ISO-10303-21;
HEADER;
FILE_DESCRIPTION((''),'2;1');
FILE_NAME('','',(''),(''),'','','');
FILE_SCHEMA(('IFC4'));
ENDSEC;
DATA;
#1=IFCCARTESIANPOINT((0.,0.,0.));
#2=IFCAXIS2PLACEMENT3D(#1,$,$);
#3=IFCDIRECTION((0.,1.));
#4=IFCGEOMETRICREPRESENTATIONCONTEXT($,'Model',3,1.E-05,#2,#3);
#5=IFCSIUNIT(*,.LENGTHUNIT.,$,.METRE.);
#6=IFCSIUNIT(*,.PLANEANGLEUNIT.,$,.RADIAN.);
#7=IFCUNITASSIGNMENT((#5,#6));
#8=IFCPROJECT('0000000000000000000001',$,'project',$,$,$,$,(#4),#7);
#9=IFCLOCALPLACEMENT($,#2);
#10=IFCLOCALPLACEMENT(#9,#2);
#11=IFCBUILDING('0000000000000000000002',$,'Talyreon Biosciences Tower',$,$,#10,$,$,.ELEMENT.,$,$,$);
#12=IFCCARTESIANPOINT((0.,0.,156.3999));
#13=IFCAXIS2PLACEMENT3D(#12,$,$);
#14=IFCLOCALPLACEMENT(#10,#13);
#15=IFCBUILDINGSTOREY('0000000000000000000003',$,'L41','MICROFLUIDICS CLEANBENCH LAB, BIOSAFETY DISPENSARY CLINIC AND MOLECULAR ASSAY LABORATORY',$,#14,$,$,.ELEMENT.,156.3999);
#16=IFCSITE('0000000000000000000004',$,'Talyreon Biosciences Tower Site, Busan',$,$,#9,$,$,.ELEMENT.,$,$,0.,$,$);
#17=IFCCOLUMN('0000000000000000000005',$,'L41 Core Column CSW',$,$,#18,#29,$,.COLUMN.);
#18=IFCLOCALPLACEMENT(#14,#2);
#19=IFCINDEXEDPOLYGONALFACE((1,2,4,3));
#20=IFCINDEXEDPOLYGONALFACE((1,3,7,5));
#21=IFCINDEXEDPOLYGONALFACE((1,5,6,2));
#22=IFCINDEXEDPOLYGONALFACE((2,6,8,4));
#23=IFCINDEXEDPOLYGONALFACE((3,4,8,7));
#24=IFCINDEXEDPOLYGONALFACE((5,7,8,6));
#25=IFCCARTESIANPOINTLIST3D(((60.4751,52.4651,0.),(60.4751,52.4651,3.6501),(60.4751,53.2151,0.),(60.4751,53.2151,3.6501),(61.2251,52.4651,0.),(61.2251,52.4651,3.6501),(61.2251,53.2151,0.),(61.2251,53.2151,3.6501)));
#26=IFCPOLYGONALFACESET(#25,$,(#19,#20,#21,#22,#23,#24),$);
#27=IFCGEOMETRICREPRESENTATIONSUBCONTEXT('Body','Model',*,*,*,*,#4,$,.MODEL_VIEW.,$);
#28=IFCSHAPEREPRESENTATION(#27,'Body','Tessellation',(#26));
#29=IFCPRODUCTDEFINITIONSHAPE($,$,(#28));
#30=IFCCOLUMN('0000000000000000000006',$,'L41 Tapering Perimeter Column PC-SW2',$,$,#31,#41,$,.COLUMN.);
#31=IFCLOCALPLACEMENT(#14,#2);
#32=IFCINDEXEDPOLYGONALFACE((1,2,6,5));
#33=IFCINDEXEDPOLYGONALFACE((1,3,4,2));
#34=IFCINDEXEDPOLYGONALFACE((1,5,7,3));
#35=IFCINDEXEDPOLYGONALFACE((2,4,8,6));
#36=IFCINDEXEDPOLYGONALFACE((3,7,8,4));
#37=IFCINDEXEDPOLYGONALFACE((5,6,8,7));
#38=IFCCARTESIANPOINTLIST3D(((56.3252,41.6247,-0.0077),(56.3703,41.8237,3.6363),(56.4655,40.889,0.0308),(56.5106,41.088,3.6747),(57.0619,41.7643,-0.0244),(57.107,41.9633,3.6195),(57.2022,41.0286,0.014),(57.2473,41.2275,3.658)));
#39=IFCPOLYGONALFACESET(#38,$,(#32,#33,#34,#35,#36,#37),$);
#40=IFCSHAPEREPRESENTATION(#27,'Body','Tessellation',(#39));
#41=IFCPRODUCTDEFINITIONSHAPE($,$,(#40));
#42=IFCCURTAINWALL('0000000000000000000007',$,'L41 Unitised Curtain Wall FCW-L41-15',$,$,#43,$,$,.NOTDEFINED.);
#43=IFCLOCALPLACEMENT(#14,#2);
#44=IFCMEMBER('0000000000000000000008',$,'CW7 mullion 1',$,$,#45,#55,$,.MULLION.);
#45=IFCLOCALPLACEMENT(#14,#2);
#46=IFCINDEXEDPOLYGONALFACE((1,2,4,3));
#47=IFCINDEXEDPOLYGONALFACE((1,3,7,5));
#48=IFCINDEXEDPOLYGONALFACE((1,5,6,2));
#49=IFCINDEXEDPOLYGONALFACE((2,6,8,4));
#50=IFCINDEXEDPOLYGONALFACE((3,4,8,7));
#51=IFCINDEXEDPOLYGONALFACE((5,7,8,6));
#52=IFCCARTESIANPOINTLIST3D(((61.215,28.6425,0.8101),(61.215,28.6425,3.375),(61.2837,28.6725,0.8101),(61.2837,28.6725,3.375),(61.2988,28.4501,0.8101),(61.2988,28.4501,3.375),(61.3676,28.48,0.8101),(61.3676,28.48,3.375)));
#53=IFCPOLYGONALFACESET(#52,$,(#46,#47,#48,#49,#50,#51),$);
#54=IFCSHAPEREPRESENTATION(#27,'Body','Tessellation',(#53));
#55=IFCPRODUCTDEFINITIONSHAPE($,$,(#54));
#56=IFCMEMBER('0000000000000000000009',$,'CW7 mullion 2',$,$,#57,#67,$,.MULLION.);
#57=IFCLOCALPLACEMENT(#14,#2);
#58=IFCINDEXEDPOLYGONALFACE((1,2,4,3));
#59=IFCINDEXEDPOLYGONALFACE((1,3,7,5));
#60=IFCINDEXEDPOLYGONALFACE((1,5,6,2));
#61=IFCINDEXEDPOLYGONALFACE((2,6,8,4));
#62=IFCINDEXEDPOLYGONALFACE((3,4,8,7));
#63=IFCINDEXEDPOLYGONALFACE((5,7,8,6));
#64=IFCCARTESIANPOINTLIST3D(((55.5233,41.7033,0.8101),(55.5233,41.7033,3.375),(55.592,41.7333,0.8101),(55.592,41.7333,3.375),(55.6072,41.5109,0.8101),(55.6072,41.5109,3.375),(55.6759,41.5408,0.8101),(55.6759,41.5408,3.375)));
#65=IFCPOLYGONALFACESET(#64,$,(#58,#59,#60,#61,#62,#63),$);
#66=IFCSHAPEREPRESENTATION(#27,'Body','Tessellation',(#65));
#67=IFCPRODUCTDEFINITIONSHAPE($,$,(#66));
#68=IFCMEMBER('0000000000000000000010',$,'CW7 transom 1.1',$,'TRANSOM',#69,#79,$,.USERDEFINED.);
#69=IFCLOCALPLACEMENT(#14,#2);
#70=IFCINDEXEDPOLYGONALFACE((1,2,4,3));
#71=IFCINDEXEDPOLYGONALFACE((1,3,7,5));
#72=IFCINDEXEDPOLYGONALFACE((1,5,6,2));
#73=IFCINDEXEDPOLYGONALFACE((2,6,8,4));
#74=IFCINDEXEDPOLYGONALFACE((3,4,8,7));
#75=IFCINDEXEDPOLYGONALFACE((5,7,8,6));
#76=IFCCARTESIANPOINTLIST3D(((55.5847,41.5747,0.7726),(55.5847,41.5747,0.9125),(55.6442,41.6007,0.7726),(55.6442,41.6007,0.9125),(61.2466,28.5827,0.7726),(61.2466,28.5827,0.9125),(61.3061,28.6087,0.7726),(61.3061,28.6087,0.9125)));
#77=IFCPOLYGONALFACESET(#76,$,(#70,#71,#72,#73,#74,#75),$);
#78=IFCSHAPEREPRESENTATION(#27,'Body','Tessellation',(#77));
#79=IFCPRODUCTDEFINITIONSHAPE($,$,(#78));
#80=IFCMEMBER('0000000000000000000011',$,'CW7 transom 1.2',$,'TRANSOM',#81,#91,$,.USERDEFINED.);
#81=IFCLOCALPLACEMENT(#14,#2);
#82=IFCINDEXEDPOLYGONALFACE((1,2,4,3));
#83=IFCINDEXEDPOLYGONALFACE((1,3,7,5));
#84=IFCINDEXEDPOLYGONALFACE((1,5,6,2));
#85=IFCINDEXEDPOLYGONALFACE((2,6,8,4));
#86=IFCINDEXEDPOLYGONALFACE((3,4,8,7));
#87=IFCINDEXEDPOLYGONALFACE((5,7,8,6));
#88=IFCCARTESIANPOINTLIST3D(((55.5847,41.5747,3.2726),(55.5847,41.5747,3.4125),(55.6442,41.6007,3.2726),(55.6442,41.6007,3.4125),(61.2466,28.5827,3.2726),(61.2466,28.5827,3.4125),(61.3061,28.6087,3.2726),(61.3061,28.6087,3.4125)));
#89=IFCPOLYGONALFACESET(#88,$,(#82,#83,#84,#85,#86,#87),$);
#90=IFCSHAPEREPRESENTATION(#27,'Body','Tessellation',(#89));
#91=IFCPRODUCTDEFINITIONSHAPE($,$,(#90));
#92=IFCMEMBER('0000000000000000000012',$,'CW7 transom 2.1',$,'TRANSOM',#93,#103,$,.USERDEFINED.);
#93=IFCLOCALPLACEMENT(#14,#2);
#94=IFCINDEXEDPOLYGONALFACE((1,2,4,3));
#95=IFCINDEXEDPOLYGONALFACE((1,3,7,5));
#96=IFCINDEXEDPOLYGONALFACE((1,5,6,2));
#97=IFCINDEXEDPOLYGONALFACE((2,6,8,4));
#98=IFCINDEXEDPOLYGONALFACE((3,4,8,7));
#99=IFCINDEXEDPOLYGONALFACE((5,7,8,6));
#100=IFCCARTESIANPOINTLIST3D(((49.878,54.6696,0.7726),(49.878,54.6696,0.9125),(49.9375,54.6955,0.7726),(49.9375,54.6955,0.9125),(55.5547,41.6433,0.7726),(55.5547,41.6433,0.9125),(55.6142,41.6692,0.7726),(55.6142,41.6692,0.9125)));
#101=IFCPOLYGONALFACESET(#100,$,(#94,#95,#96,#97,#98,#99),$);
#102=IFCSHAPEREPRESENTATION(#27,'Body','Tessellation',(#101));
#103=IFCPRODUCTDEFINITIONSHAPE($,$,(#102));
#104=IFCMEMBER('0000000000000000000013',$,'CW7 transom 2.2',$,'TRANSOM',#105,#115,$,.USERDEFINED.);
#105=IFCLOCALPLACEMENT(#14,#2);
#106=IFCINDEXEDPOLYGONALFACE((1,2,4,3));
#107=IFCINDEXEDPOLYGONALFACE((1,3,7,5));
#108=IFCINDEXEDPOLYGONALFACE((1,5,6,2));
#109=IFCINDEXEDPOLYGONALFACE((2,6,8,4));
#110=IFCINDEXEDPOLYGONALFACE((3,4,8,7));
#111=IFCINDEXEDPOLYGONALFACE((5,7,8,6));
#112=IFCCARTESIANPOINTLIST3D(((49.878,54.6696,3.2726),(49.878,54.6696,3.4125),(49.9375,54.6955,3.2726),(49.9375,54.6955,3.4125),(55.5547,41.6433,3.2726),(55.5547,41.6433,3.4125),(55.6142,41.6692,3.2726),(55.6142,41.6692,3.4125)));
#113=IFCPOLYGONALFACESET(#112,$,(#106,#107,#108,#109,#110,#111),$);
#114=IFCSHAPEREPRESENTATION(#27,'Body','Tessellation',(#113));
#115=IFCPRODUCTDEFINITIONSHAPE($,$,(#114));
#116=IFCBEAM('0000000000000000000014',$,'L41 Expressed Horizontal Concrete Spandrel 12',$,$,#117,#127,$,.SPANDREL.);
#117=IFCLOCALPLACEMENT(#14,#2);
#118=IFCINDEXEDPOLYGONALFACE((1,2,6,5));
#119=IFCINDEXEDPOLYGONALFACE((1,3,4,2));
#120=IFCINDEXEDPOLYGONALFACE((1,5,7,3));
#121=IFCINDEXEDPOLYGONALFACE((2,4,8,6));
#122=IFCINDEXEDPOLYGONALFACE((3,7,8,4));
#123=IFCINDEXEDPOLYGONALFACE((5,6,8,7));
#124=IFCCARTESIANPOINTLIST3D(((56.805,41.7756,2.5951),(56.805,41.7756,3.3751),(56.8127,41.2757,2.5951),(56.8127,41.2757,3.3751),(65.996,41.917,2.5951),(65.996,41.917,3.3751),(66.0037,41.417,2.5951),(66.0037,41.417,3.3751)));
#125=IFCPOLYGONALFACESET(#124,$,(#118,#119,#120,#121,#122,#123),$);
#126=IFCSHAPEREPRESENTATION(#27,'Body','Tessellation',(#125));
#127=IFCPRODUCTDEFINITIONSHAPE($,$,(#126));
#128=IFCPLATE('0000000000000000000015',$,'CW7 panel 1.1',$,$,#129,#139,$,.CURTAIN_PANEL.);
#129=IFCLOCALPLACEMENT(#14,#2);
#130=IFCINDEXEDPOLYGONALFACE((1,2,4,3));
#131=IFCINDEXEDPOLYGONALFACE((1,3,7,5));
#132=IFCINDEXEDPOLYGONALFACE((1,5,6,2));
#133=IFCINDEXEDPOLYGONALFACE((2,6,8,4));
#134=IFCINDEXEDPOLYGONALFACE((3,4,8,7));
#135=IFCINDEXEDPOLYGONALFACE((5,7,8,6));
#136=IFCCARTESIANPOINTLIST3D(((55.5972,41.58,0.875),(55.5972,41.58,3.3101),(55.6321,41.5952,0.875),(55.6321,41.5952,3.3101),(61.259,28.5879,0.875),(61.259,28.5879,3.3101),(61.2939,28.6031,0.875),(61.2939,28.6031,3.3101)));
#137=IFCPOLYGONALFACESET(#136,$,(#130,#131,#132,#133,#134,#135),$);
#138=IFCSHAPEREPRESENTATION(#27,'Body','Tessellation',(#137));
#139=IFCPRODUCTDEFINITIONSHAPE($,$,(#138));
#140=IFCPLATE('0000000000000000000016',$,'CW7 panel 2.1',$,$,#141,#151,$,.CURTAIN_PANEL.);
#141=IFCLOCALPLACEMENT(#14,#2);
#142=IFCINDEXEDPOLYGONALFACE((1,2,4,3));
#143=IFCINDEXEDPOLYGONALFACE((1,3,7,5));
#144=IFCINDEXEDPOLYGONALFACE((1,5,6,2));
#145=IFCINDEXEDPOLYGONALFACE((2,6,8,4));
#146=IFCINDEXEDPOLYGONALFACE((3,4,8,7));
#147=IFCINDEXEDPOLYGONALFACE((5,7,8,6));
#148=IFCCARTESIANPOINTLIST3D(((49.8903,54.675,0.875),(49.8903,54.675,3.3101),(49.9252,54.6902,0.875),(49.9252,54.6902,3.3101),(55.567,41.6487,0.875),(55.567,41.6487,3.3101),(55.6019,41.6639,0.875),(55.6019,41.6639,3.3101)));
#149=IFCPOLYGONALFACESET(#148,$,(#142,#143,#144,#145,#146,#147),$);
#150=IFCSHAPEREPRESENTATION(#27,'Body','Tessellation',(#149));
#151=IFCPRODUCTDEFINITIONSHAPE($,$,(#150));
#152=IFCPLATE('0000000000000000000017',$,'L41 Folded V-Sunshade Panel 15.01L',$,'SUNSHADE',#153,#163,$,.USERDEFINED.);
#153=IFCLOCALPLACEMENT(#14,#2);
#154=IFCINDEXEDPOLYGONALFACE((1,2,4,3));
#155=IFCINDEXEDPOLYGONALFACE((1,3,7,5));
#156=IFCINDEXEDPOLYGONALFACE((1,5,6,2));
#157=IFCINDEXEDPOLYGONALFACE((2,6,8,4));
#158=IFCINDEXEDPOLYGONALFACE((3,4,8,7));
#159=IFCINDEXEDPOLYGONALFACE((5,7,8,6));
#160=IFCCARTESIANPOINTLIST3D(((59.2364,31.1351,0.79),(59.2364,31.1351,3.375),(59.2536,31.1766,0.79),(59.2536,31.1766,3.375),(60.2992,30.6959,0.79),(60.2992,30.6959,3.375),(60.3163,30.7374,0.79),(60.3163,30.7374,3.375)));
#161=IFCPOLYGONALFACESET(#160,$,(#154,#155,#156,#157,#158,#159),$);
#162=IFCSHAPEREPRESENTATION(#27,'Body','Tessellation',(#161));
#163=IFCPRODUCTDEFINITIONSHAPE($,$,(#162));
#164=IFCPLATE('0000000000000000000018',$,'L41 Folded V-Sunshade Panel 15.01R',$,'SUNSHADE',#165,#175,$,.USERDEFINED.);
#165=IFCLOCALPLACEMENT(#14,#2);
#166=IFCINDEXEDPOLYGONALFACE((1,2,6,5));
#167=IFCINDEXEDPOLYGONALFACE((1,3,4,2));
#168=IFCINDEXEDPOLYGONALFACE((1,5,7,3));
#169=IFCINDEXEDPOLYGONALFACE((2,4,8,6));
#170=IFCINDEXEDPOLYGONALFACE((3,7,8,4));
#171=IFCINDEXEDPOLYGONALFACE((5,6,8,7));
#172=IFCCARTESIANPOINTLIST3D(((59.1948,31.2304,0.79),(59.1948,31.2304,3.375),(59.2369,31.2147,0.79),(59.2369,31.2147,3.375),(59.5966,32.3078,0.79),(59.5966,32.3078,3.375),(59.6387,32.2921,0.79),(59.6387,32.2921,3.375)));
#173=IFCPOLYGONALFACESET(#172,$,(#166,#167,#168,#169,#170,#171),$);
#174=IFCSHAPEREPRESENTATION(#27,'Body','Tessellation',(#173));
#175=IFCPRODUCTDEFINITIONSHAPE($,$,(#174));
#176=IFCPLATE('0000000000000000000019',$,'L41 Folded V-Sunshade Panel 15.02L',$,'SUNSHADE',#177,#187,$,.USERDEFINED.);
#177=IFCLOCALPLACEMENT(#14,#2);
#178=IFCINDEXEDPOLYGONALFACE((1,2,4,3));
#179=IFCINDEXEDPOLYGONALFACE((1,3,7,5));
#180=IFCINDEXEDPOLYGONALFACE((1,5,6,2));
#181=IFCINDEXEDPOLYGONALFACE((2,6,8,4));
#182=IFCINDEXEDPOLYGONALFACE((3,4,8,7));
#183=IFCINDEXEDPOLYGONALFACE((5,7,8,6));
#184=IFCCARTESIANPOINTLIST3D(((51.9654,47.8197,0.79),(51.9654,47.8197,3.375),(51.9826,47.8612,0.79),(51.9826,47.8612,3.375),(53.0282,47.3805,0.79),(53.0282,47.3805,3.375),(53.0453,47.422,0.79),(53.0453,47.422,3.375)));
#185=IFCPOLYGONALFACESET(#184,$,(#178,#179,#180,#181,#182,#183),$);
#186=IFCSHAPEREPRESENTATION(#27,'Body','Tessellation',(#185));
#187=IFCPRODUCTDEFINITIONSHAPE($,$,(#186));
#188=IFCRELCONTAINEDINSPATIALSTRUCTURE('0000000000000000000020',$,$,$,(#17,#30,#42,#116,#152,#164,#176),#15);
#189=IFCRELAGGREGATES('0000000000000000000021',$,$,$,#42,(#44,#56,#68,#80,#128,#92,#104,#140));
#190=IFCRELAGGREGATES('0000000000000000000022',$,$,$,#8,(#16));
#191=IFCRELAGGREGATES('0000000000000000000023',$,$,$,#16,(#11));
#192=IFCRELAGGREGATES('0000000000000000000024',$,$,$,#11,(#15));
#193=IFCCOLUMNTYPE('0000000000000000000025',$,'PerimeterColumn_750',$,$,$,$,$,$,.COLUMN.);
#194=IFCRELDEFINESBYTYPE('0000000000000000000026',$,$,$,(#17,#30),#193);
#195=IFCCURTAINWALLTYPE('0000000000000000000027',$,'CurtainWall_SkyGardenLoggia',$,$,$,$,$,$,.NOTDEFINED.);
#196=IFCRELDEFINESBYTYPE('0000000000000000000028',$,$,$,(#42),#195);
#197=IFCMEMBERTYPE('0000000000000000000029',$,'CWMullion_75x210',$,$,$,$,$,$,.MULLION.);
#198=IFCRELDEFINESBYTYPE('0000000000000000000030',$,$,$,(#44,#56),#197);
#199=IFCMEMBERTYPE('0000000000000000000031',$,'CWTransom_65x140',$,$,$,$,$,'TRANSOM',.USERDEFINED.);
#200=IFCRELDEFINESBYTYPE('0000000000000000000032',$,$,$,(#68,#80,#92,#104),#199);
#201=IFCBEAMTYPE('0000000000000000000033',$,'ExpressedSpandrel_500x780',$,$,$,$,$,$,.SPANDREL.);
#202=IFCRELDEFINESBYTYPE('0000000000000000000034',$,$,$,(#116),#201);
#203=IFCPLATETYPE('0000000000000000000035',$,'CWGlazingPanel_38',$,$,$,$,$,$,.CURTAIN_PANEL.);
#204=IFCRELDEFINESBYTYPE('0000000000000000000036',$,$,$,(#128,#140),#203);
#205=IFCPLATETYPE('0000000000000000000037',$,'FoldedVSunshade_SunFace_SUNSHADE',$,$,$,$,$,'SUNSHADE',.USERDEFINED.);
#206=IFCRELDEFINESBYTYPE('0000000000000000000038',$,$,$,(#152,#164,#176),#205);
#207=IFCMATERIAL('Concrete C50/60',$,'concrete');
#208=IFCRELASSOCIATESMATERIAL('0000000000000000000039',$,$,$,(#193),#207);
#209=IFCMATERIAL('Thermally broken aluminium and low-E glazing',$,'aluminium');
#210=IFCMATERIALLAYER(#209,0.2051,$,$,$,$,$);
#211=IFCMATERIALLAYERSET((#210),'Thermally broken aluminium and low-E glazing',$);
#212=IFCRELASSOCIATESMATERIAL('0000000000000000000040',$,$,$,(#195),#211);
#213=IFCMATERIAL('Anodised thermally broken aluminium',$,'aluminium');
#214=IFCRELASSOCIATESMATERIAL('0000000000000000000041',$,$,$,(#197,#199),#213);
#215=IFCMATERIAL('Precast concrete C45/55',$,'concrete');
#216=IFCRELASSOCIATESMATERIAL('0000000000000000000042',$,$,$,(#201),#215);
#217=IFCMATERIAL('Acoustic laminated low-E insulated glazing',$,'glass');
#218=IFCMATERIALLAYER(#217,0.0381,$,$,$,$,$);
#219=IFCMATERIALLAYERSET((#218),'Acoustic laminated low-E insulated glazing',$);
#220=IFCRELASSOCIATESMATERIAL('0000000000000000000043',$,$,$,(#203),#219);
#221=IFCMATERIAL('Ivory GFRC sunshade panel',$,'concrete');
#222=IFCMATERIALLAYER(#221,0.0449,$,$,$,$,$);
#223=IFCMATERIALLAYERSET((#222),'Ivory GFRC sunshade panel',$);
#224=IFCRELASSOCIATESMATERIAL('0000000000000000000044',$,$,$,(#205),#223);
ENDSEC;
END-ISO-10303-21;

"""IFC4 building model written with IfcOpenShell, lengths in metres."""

from ifc_helpers import new_model, si_unit, direction, frame, origin, origin_2d, place, context, subcontext, project, spatial, rectangle, extrude, material, layer, layer_set, material_profile, profile_set, type_object, element, aggregate, save


model = new_model("IFC4")

# Units and contexts
model_context = context("Model", 3, precision=1e-05, world=origin(), true_north=direction((0.0, 1.0)))
body_context = subcontext(model_context, "Body", "Model", "MODEL_VIEW")
ifc_project = project(units=[si_unit("LENGTHUNIT", "METRE"), si_unit("PLANEANGLEUNIT", "RADIAN")], contexts=[model_context])

# Site, building, storey
site_placement = place(None, origin())
site = spatial("IfcSite", under=ifc_project, at=site_placement, Name="Talyreon Biosciences Tower Site, Busan", CompositionType="ELEMENT", RefElevation=0.0)
building_placement = place(site_placement, origin())
building = spatial("IfcBuilding", under=site, at=building_placement, Name="Talyreon Biosciences Tower", CompositionType="ELEMENT")
storey_placement = place(building_placement, frame((0.0, 0.0, 156.3999)))
storey = spatial("IfcBuildingStorey", under=building, at=storey_placement, Name="L41", Description="MICROFLUIDICS CLEANBENCH LAB, BIOSAFETY DISPENSARY CLINIC AND MOLECULAR ASSAY LABORATORY", CompositionType="ELEMENT", Elevation=156.3999)

# Columns
ifc_material_1 = material(Name="Concrete C50/60", Category="concrete")
ifc_material_profile_1 = material_profile(ifc_material_1, rectangle(XDim=0.75, YDim=0.75, at=origin_2d()), Name="RC 750x750")
ifc_profile_set_1 = profile_set([ifc_material_profile_1], Name="Concrete C50/60")
column_type = type_object("IfcColumnType", Name="PerimeterColumn_750", PredefinedType="COLUMN", material=ifc_profile_set_1)
column_1_placement = place(storey_placement, frame((60.8501, 52.8401, 0.0), z_axis=(0.0, 0.0, 1.0), x_axis=(1.0, 0.0, 0.0)))
element("IfcColumn", 1, at=column_1_placement, inside=storey, type_object=column_type, Name="L41 Core Column CSW", PredefinedType="COLUMN", context=body_context, shape_type="SweptSolid", body=[
    extrude(rectangle(XDim=0.75, YDim=0.75, at=origin_2d()), origin(), (0.0, 0.0, 1.0), 3.6501),
])
column_2_placement = place(storey_placement, frame((56.7637, 41.3267, 0.0032), z_axis=(0.012375, 0.054517, 0.998436), x_axis=(-0.187046, 0.981014, -0.051248)))
element("IfcColumn", 2, at=column_2_placement, inside=storey, type_object=column_type, Name="L41 Tapering Perimeter Column PC-SW2", PredefinedType="COLUMN", context=body_context, shape_type="SweptSolid", body=[
    extrude(rectangle(XDim=0.75, YDim=0.75, at=origin_2d()), origin(), (0.0, 0.0, 1.0), 3.6497),
])

# Curtain wall, members
ifc_material_2 = material(Name="Thermally broken aluminium and low-E glazing", Category="aluminium")
ifc_layer_1 = layer(ifc_material_2, 0.2051)
ifc_layer_set_1 = layer_set([ifc_layer_1], Name="Thermally broken aluminium and low-E glazing")
curtain_wall_type = type_object("IfcCurtainWallType", Name="CurtainWall_SkyGardenLoggia", PredefinedType="NOTDEFINED", material=ifc_layer_set_1)
curtain_wall_placement = place(storey_placement, origin())
curtain_wall = element("IfcCurtainWall", 3, at=curtain_wall_placement, inside=storey, type_object=curtain_wall_type, Name="L41 Unitised Curtain Wall FCW-L41-15", PredefinedType="NOTDEFINED")
ifc_material_3 = material(Name="Anodised thermally broken aluminium", Category="aluminium")
ifc_material_profile_2 = material_profile(ifc_material_3, rectangle(XDim=0.075, YDim=0.21, at=origin_2d()), Name="ALUM MULLION 75x210")
ifc_profile_set_2 = profile_set([ifc_material_profile_2], Name="Anodised thermally broken aluminium")
member_type_1 = type_object("IfcMemberType", Name="CWMullion_75x210", PredefinedType="MULLION", material=ifc_profile_set_2)
member_1_placement = place(storey_placement, frame((61.2913, 28.5613, 0.8101), z_axis=(0.0, 0.0, 1.0), x_axis=(-0.916731, -0.399505, 0.0)))
member_1 = element("IfcMember", 4, at=member_1_placement, type_object=member_type_1, Name="CW7 mullion 1", PredefinedType="MULLION", context=body_context, shape_type="SweptSolid", body=[
    extrude(rectangle(XDim=0.075, YDim=0.21, at=origin_2d()), origin(), (0.0, 0.0, 1.0), 2.5649),
])
member_2_placement = place(storey_placement, frame((55.5996, 41.6221, 0.8101), z_axis=(0.0, 0.0, 1.0), x_axis=(-0.916731, -0.399505, 0.0)))
member_2 = element("IfcMember", 5, at=member_2_placement, type_object=member_type_1, Name="CW7 mullion 2", PredefinedType="MULLION", context=body_context, shape_type="SweptSolid", body=[
    extrude(rectangle(XDim=0.075, YDim=0.21, at=origin_2d()), origin(), (0.0, 0.0, 1.0), 2.5649),
])
ifc_material_profile_3 = material_profile(ifc_material_3, rectangle(XDim=0.0649, YDim=0.1399, at=origin_2d()), Name="ALUM TRANSOM 65x140")
ifc_profile_set_3 = profile_set([ifc_material_profile_3], Name="Anodised thermally broken aluminium")
member_type_2 = type_object("IfcMemberType", Name="CWTransom_65x140", ElementType="TRANSOM", PredefinedType="USERDEFINED", material=ifc_profile_set_3)
member_3_placement = place(storey_placement, frame((61.2764, 28.5957, 0.8425), z_axis=(-0.399509, 0.916729, 0.0), x_axis=(-0.916729, -0.399509, 0.0)))
member_3 = element("IfcMember", 6, at=member_3_placement, type_object=member_type_2, Name="CW7 transom 1.1", ObjectType="TRANSOM", PredefinedType="USERDEFINED", context=body_context, shape_type="SweptSolid", body=[
    extrude(rectangle(XDim=0.0649, YDim=0.1399, at=origin_2d()), origin(), (0.0, 0.0, 1.0), 14.1721),
])
member_4_placement = place(storey_placement, frame((61.2764, 28.5957, 3.3425), z_axis=(-0.399509, 0.916729, 0.0), x_axis=(-0.916729, -0.399509, 0.0)))
member_4 = element("IfcMember", 7, at=member_4_placement, type_object=member_type_2, Name="CW7 transom 1.2", ObjectType="TRANSOM", PredefinedType="USERDEFINED", context=body_context, shape_type="SweptSolid", body=[
    extrude(rectangle(XDim=0.0649, YDim=0.1399, at=origin_2d()), origin(), (0.0, 0.0, 1.0), 14.1721),
])
member_5_placement = place(storey_placement, frame((55.5845, 41.6562, 0.8425), z_axis=(-0.399502, 0.916732, 0.0), x_axis=(-0.916732, -0.399502, 0.0)))
member_5 = element("IfcMember", 8, at=member_5_placement, type_object=member_type_2, Name="CW7 transom 2.1", ObjectType="TRANSOM", PredefinedType="USERDEFINED", context=body_context, shape_type="SweptSolid", body=[
    extrude(rectangle(XDim=0.0649, YDim=0.1399, at=origin_2d()), origin(), (0.0, 0.0, 1.0), 14.2095),
])
member_6_placement = place(storey_placement, frame((55.5845, 41.6562, 3.3425), z_axis=(-0.399502, 0.916732, 0.0), x_axis=(-0.916732, -0.399502, 0.0)))
member_6 = element("IfcMember", 9, at=member_6_placement, type_object=member_type_2, Name="CW7 transom 2.2", ObjectType="TRANSOM", PredefinedType="USERDEFINED", context=body_context, shape_type="SweptSolid", body=[
    extrude(rectangle(XDim=0.0649, YDim=0.1399, at=origin_2d()), origin(), (0.0, 0.0, 1.0), 14.2095),
])

# Beam
ifc_material_4 = material(Name="Precast concrete C45/55", Category="concrete")
ifc_material_profile_4 = material_profile(ifc_material_4, rectangle(XDim=0.5, YDim=0.78, at=origin_2d()), Name="RCB 500x780")
ifc_profile_set_4 = profile_set([ifc_material_profile_4], Name="Precast concrete C45/55")
beam_type = type_object("IfcBeamType", Name="ExpressedSpandrel_500x780", PredefinedType="SPANDREL", material=ifc_profile_set_4)
beam_placement = place(storey_placement, frame((56.8088, 41.5256, 2.9851), z_axis=(0.999882, 0.015378, 0.0), x_axis=(-0.015378, 0.999882, 0.0)))
element("IfcBeam", 10, at=beam_placement, inside=storey, type_object=beam_type, Name="L41 Expressed Horizontal Concrete Spandrel 12", PredefinedType="SPANDREL", context=body_context, shape_type="SweptSolid", body=[
    extrude(rectangle(XDim=0.5, YDim=0.78, at=origin_2d()), origin(), (0.0, 0.0, 1.0), 9.1921),
])

# Plates
ifc_material_5 = material(Name="Acoustic laminated low-E insulated glazing", Category="glass")
ifc_layer_2 = layer(ifc_material_5, 0.0381)
ifc_layer_set_2 = layer_set([ifc_layer_2], Name="Acoustic laminated low-E insulated glazing")
plate_type_1 = type_object("IfcPlateType", Name="CWGlazingPanel_38", PredefinedType="CURTAIN_PANEL", material=ifc_layer_set_2)
plate_1_placement = place(storey_placement, frame((58.4456, 35.0916, 0.875), z_axis=(0.0, 0.0, 1.0), x_axis=(-0.399505, 0.916731, 0.0)))
plate_1 = element("IfcPlate", 11, at=plate_1_placement, type_object=plate_type_1, Name="CW7 panel 1.1", PredefinedType="CURTAIN_PANEL", context=body_context, shape_type="SweptSolid", body=[
    extrude(rectangle(XDim=14.1721, YDim=0.0381, at=origin_2d()), origin(), (0.0, 0.0, 1.0), 2.4351),
])
plate_2_placement = place(storey_placement, frame((52.7461, 48.1694, 0.875), z_axis=(0.0, 0.0, 1.0), x_axis=(-0.399505, 0.916731, 0.0)))
plate_2 = element("IfcPlate", 12, at=plate_2_placement, type_object=plate_type_1, Name="CW7 panel 2.1", PredefinedType="CURTAIN_PANEL", context=body_context, shape_type="SweptSolid", body=[
    extrude(rectangle(XDim=14.2095, YDim=0.0381, at=origin_2d()), origin(), (0.0, 0.0, 1.0), 2.4351),
])
aggregate(curtain_wall, [member_1, member_2, member_3, member_4, plate_1, member_5, member_6, plate_2])

# Plates
ifc_material_6 = material(Name="Ivory GFRC sunshade panel", Category="concrete")
ifc_layer_3 = layer(ifc_material_6, 0.0449)
ifc_layer_set_3 = layer_set([ifc_layer_3], Name="Ivory GFRC sunshade panel")
plate_type_2 = type_object("IfcPlateType", Name="FoldedVSunshade_SunFace_SUNSHADE", ElementType="SUNSHADE", PredefinedType="USERDEFINED", material=ifc_layer_set_3)
for number, where, z_axis, x_axis, name in (
    (13, (59.7764, 30.9363, 0.79), (0.0, 0.0, 1.0), (-0.924193, 0.381925, 0.0), "L41 Folded V-Sunshade Panel 15.01L"),
    (14, (59.4167, 31.7612, 0.79), (0.0, 0.0, 1.0), (0.349439, 0.936959, 0.0), "L41 Folded V-Sunshade Panel 15.01R"),
    (15, (52.5054, 47.6208, 0.79), (0.0, 0.0, 1.0), (-0.924193, 0.381925, 0.0), "L41 Folded V-Sunshade Panel 15.02L"),
):
    element("IfcPlate", number, at=place(storey_placement, frame(where, z_axis=z_axis, x_axis=x_axis)), inside=storey, type_object=plate_type_2, Name=name, ObjectType="SUNSHADE", PredefinedType="USERDEFINED", context=body_context, shape_type="SweptSolid", body=[
        extrude(rectangle(XDim=1.1499, YDim=0.0449, at=origin_2d()), origin(), (0.0, 0.0, 1.0), 2.585),
    ])

save(model, "model.ifc")
